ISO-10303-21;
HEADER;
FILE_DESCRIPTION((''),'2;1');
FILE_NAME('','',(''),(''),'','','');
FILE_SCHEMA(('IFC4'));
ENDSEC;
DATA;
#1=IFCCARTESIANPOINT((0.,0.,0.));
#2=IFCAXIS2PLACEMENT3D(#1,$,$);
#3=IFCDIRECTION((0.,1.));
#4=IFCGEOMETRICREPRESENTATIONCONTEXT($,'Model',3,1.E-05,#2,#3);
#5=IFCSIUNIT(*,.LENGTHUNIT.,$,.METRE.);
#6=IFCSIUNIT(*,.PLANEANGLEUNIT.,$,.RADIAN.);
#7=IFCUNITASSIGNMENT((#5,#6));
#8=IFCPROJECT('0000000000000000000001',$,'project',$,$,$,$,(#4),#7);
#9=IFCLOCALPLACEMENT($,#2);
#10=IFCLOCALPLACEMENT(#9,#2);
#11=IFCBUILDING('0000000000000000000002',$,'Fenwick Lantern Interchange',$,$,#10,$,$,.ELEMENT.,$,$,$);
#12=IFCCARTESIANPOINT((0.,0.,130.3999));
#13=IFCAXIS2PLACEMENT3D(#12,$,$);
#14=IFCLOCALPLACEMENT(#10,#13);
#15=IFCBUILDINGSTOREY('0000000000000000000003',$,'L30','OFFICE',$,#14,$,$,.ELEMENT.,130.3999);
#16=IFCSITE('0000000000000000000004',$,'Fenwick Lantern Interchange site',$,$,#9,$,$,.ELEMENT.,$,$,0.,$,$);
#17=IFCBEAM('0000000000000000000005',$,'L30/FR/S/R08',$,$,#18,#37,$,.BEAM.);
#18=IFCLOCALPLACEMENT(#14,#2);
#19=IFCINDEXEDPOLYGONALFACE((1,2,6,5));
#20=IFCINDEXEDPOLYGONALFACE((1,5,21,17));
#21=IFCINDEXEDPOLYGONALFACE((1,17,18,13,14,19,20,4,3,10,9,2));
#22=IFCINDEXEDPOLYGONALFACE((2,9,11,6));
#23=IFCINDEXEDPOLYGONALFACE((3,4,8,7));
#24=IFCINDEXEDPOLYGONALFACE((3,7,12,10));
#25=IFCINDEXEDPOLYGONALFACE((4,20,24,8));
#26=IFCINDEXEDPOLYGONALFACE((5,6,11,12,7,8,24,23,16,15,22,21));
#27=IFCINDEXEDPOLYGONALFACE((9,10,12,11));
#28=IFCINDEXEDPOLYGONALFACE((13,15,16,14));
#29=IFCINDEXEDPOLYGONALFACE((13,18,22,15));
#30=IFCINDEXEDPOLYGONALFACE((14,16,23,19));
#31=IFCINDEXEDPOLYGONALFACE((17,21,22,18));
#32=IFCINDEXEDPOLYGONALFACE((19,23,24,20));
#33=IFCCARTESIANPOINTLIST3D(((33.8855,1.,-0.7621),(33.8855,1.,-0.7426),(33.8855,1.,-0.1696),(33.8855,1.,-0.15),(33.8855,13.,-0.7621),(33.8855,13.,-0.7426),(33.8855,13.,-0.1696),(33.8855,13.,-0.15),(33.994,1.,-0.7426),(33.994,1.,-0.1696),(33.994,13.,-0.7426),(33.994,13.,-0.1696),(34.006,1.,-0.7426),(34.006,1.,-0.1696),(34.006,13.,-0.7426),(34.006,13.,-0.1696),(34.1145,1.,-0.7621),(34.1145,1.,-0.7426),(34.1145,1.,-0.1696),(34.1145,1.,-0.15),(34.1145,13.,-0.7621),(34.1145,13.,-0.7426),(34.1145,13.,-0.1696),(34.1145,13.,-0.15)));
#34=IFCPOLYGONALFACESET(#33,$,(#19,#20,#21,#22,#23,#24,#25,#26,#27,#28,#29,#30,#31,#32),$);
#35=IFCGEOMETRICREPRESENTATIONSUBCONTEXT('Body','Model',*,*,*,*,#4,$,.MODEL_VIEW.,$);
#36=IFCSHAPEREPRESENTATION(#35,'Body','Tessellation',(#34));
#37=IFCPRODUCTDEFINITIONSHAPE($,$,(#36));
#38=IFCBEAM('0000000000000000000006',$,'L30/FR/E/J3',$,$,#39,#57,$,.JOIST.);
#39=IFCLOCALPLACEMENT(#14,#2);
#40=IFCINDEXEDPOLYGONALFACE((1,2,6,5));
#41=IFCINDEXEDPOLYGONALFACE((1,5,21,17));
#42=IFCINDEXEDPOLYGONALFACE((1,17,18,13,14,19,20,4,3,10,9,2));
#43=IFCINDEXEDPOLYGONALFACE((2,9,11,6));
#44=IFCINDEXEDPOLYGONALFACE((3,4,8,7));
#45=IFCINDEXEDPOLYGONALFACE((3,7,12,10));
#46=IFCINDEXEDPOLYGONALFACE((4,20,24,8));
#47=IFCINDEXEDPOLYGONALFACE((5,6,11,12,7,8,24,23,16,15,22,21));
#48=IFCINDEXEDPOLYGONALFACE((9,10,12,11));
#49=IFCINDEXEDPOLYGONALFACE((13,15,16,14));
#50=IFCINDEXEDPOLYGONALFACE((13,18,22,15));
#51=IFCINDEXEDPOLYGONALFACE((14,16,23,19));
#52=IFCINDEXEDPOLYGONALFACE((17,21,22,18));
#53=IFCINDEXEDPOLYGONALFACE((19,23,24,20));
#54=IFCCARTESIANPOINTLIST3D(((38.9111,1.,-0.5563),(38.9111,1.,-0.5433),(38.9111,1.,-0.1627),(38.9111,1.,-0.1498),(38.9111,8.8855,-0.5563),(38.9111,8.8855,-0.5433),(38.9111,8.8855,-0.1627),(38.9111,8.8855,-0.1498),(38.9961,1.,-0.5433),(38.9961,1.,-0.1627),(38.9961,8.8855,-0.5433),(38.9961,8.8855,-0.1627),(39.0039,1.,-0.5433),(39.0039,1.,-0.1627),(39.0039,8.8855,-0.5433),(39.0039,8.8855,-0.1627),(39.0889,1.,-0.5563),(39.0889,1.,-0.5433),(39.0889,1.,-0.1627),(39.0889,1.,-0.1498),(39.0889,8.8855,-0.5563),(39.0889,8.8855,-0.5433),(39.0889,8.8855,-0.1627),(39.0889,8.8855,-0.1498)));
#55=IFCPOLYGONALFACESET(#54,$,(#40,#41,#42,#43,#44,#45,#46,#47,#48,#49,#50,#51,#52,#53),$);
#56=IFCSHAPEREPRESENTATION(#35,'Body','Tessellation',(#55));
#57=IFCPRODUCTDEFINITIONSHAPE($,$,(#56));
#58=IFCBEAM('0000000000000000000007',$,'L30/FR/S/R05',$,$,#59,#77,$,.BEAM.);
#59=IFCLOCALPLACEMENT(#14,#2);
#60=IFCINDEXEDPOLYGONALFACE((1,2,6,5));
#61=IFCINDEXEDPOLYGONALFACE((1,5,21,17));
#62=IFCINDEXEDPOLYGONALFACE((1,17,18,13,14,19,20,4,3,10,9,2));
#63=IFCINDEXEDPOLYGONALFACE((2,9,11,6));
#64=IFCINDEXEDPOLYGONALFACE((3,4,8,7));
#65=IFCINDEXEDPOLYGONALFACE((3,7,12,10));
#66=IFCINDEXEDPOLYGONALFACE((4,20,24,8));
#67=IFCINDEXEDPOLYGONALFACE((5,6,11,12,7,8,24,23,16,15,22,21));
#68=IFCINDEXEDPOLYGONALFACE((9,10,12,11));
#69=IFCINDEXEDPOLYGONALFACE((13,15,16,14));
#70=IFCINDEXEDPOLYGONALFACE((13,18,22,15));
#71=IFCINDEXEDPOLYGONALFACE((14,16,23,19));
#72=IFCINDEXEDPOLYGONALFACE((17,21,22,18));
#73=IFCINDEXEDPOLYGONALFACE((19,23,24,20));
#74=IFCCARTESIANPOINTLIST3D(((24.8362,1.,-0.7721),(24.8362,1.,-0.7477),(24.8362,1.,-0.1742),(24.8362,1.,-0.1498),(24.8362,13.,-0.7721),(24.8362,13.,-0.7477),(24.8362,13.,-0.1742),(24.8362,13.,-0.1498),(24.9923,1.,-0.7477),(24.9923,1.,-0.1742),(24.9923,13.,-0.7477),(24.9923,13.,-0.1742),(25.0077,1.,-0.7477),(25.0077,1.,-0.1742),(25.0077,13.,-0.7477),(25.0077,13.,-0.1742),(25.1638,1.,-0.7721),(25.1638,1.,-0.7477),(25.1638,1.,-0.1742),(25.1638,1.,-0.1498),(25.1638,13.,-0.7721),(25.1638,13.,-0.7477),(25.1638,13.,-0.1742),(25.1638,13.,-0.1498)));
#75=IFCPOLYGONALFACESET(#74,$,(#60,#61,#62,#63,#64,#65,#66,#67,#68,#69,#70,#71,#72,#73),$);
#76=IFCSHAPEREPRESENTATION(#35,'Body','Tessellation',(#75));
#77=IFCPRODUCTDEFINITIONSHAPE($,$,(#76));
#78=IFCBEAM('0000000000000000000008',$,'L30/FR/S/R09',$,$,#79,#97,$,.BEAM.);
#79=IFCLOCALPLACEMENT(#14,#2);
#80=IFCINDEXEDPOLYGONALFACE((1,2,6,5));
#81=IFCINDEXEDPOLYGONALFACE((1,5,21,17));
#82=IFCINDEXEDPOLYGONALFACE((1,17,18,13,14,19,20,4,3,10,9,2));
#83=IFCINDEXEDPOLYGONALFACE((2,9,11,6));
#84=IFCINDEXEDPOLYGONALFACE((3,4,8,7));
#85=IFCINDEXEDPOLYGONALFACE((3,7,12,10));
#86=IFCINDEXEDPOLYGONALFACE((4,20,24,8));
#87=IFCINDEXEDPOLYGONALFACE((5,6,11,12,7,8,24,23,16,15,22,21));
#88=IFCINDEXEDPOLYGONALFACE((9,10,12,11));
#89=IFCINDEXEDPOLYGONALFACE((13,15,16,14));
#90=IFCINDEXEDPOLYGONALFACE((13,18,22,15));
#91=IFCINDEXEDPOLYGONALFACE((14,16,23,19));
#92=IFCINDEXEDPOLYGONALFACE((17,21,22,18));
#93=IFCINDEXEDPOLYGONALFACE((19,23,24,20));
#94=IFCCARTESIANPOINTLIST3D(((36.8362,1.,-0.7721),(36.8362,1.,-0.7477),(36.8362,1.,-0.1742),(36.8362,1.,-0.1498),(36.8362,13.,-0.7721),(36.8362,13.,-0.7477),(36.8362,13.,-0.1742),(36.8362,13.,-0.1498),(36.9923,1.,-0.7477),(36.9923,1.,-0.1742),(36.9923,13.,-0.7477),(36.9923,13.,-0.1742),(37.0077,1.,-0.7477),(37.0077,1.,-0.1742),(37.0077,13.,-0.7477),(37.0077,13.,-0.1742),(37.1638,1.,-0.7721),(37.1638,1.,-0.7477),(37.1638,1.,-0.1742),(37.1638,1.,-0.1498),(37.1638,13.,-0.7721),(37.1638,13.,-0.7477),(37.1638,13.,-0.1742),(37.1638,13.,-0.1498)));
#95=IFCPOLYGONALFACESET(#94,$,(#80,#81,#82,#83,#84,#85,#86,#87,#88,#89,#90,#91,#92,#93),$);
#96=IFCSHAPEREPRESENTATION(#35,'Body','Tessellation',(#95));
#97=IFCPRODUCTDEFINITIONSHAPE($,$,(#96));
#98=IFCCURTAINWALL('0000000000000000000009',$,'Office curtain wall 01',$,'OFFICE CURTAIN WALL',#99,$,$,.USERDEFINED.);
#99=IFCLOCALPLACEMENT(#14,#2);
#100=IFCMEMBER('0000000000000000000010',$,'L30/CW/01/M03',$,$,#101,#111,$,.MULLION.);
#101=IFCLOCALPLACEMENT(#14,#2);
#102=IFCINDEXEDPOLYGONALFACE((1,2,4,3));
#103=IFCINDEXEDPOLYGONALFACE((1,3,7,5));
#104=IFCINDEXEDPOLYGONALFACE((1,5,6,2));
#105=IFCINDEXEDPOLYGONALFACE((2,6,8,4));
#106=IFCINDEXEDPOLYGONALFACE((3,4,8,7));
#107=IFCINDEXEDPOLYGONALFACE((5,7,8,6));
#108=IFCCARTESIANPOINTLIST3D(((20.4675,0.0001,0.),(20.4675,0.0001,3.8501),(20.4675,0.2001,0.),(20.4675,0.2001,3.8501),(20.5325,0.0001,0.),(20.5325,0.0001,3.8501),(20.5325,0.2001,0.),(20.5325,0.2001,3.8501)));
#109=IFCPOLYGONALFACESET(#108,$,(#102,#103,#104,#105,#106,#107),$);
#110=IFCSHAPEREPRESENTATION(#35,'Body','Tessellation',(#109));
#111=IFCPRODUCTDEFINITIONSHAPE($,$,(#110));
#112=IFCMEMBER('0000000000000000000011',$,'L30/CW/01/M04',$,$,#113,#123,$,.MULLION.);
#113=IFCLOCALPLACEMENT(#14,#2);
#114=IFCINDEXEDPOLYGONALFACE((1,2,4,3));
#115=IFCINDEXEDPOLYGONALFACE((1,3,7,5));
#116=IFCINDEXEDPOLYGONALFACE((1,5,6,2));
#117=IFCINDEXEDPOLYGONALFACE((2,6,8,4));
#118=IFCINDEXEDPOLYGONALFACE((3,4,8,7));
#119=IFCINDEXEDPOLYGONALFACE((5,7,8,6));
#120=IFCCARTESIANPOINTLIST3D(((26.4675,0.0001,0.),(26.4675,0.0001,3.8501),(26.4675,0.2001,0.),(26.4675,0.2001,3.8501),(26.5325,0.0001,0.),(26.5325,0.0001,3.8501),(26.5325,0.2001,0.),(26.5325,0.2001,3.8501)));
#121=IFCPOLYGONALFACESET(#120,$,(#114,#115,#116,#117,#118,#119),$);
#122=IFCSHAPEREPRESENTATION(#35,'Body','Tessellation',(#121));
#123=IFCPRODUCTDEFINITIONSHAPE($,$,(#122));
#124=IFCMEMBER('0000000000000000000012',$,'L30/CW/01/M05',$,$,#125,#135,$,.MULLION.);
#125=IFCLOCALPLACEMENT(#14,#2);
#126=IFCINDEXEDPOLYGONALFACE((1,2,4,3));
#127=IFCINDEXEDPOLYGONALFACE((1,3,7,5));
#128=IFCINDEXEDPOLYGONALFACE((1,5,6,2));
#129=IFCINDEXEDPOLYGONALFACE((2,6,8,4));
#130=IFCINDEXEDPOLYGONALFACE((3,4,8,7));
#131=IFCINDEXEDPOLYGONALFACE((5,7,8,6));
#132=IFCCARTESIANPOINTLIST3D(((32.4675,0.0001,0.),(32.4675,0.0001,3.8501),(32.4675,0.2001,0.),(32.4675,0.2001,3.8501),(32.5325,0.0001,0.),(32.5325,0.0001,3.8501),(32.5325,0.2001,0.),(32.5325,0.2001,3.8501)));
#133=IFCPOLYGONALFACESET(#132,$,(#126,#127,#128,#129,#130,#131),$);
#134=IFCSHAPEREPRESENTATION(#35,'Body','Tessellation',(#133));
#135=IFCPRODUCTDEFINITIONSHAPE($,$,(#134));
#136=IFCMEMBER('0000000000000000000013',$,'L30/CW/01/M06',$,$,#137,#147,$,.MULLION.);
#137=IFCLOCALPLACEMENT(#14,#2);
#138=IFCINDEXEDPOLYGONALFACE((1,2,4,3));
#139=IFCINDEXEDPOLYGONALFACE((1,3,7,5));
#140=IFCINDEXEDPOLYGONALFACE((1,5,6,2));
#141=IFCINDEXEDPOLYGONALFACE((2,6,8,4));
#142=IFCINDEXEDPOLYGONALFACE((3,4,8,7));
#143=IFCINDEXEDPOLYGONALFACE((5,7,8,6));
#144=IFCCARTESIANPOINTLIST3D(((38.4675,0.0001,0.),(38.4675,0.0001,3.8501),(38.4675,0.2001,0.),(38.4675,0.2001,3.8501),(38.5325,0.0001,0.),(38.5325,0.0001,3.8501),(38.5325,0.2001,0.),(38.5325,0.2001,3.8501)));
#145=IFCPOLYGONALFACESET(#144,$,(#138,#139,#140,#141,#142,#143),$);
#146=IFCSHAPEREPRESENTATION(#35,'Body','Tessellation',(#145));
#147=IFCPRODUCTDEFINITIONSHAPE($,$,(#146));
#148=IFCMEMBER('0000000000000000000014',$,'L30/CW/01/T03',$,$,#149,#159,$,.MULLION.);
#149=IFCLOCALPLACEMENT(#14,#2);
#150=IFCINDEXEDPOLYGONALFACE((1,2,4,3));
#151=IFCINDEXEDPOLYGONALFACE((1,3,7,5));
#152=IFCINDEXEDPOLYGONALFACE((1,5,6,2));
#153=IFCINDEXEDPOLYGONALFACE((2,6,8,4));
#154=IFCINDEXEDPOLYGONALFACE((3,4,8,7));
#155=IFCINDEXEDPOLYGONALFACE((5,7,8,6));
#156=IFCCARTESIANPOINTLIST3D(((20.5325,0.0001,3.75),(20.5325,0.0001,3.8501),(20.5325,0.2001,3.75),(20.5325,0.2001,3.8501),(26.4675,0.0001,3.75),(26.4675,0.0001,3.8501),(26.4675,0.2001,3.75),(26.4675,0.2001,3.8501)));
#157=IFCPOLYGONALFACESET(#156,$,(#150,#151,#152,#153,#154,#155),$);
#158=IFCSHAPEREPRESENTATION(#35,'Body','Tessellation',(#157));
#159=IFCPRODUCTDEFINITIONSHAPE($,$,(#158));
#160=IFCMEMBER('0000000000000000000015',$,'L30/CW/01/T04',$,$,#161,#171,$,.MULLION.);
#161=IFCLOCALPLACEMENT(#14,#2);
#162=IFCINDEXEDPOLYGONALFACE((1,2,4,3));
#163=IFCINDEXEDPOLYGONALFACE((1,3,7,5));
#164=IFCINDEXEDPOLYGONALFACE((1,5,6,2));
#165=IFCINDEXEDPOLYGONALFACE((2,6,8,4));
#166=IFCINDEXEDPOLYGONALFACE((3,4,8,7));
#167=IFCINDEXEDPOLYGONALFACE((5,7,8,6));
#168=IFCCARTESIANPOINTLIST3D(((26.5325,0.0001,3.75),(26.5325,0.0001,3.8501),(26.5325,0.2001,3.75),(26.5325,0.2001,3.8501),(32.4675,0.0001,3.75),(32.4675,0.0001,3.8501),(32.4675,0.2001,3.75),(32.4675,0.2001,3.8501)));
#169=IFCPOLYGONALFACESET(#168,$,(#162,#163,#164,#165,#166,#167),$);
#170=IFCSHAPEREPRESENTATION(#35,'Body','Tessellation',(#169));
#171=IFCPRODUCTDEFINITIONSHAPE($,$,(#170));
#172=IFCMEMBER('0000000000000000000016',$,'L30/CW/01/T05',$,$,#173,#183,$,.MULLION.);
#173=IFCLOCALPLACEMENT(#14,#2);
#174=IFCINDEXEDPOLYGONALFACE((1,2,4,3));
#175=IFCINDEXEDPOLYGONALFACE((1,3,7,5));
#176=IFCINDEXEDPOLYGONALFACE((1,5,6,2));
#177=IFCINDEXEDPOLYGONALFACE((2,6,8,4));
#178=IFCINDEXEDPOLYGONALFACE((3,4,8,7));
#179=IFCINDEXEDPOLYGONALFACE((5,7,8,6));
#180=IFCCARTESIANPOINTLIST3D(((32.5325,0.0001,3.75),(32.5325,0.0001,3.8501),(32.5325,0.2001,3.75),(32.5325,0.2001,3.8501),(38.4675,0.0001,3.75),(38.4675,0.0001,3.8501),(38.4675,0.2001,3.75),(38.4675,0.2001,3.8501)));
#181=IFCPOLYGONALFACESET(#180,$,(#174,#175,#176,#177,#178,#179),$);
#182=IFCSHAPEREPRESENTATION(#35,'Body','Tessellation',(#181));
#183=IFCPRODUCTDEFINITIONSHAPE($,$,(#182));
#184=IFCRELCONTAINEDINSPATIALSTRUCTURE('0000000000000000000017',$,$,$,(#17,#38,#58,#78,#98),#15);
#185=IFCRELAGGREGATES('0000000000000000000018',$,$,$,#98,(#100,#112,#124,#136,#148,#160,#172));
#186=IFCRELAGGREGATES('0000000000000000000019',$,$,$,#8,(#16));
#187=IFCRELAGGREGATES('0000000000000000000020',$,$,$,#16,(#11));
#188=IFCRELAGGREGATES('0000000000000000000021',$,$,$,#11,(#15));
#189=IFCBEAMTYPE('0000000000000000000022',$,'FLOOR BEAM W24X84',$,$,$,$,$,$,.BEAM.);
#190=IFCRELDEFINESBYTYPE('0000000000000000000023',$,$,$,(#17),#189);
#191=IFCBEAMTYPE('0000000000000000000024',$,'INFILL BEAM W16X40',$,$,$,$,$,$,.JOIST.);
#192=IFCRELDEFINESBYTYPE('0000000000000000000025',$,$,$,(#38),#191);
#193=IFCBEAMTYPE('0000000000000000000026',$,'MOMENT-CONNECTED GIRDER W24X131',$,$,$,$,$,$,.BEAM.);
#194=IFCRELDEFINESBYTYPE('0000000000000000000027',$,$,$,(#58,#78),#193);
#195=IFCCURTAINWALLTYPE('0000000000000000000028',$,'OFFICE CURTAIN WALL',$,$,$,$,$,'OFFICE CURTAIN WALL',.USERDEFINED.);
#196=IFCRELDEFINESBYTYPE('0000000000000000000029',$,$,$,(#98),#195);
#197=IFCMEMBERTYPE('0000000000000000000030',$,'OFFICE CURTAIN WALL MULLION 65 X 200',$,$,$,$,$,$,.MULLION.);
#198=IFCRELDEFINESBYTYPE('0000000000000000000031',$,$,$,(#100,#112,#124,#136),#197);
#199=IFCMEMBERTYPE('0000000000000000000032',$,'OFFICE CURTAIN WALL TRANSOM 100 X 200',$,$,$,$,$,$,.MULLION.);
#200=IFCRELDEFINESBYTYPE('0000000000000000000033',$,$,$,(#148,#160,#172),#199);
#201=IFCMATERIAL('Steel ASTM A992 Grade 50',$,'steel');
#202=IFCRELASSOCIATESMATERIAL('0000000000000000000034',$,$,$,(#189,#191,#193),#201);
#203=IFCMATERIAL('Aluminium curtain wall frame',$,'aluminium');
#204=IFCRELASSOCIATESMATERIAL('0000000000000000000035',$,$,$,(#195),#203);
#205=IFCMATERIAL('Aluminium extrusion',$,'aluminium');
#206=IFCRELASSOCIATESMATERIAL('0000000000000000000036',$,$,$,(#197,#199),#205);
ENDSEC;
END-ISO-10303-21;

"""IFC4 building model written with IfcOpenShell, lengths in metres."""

from ifc_helpers import new_model, si_unit, direction, frame, origin, origin_2d, place, context, subcontext, project, spatial, rectangle, i_section, extrude, material, material_profile, profile_set, type_object, element, aggregate, save


model = new_model("IFC4")

# Units and contexts
model_context = context("Model", 3, precision=1e-05, world=origin(), true_north=direction((0.0, 1.0)))
body_context = subcontext(model_context, "Body", "Model", "MODEL_VIEW")
ifc_project = project(units=[si_unit("LENGTHUNIT", "METRE"), si_unit("PLANEANGLEUNIT", "RADIAN")], contexts=[model_context])

# Site, building, storey
site_placement = place(None, origin())
site = spatial("IfcSite", under=ifc_project, at=site_placement, Name="Fenwick Lantern Interchange site", CompositionType="ELEMENT", RefElevation=0.0)
building_placement = place(site_placement, origin())
building = spatial("IfcBuilding", under=site, at=building_placement, Name="Fenwick Lantern Interchange", CompositionType="ELEMENT")
storey_placement = place(building_placement, frame((0.0, 0.0, 130.3999)))
storey = spatial("IfcBuildingStorey", under=building, at=storey_placement, Name="L30", Description="OFFICE", CompositionType="ELEMENT", Elevation=130.3999)

# Shared definitions
ifc_material_1 = material(Name="Steel ASTM A992 Grade 50", Category="steel")

# Beams
ifc_material_profile_1 = material_profile(ifc_material_1, i_section(OverallWidth=0.229, OverallDepth=0.6121, WebThickness=0.012, FlangeThickness=0.0195, at=origin_2d()), Name="W24X84")
ifc_profile_set_1 = profile_set([ifc_material_profile_1], Name="Steel ASTM A992 Grade 50")
beam_type_1 = type_object("IfcBeamType", Name="FLOOR BEAM W24X84", PredefinedType="BEAM", material=ifc_profile_set_1)
for number, where, z_axis, x_axis, name in (
    (1, (34.0, 1.0, -0.4561), (0.0, 1.0, 0.0), (-1.0, 0.0, 0.0), "L30/FR/S/R08"),
):
    element("IfcBeam", number, at=place(storey_placement, frame(where, z_axis=z_axis, x_axis=x_axis)), inside=storey, type_object=beam_type_1, Name=name, PredefinedType="BEAM", context=body_context, shape_type="SweptSolid", body=[
        extrude(i_section(OverallWidth=0.229, OverallDepth=0.6121, WebThickness=0.012, FlangeThickness=0.0195, at=origin_2d()), origin(), (0.0, 0.0, 1.0), 12.0),
    ])
ifc_material_profile_2 = material_profile(ifc_material_1, i_section(OverallWidth=0.1777, OverallDepth=0.4065, WebThickness=0.0078, FlangeThickness=0.0129, at=origin_2d()), Name="W16X40")
ifc_profile_set_2 = profile_set([ifc_material_profile_2], Name="Steel ASTM A992 Grade 50")
beam_type_2 = type_object("IfcBeamType", Name="INFILL BEAM W16X40", PredefinedType="JOIST", material=ifc_profile_set_2)
beam_1_placement = place(storey_placement, frame((39.0, 1.0, -0.353), z_axis=(0.0, 1.0, 0.0), x_axis=(-1.0, 0.0, 0.0)))
element("IfcBeam", 2, at=beam_1_placement, inside=storey, type_object=beam_type_2, Name="L30/FR/E/J3", PredefinedType="JOIST", context=body_context, shape_type="SweptSolid", body=[
    extrude(i_section(OverallWidth=0.1777, OverallDepth=0.4065, WebThickness=0.0078, FlangeThickness=0.0129, at=origin_2d()), origin(), (0.0, 0.0, 1.0), 7.8855),
])
ifc_material_profile_3 = material_profile(ifc_material_1, i_section(OverallWidth=0.3276, OverallDepth=0.6223, WebThickness=0.0154, FlangeThickness=0.0244, at=origin_2d()), Name="W24X131")
ifc_profile_set_3 = profile_set([ifc_material_profile_3], Name="Steel ASTM A992 Grade 50")
beam_type_3 = type_object("IfcBeamType", Name="MOMENT-CONNECTED GIRDER W24X131", PredefinedType="BEAM", material=ifc_profile_set_3)
for number, where, z_axis, x_axis, name in (
    (3, (25.0, 1.0, -0.4609), (0.0, 1.0, 0.0), (-1.0, 0.0, 0.0), "L30/FR/S/R05"),
    (4, (37.0, 1.0, -0.4609), (0.0, 1.0, 0.0), (-1.0, 0.0, 0.0), "L30/FR/S/R09"),
):
    element("IfcBeam", number, at=place(storey_placement, frame(where, z_axis=z_axis, x_axis=x_axis)), inside=storey, type_object=beam_type_3, Name=name, PredefinedType="BEAM", context=body_context, shape_type="SweptSolid", body=[
        extrude(i_section(OverallWidth=0.3276, OverallDepth=0.6223, WebThickness=0.0154, FlangeThickness=0.0244, at=origin_2d()), origin(), (0.0, 0.0, 1.0), 12.0),
    ])

# Curtain wall, members
ifc_material_2 = material(Name="Aluminium curtain wall frame", Category="aluminium")
curtain_wall_type = type_object("IfcCurtainWallType", Name="OFFICE CURTAIN WALL", ElementType="OFFICE CURTAIN WALL", PredefinedType="USERDEFINED", material=ifc_material_2)
curtain_wall_placement = place(storey_placement, origin())
curtain_wall = element("IfcCurtainWall", 5, at=curtain_wall_placement, inside=storey, type_object=curtain_wall_type, Name="Office curtain wall 01", ObjectType="OFFICE CURTAIN WALL", PredefinedType="USERDEFINED")
ifc_material_3 = material(Name="Aluminium extrusion", Category="aluminium")
ifc_material_profile_4 = material_profile(ifc_material_3, rectangle(XDim=0.2, YDim=0.0649, at=origin_2d()), Name="OFFICE CURTAIN WALL MULLION 65 X 200")
ifc_profile_set_4 = profile_set([ifc_material_profile_4], Name="Aluminium extrusion")
member_type_1 = type_object("IfcMemberType", Name="OFFICE CURTAIN WALL MULLION 65 X 200", PredefinedType="MULLION", material=ifc_profile_set_4)
member_1_placement = place(storey_placement, frame((20.5, 0.1001, 0.0), z_axis=(0.0, 0.0, 1.0), x_axis=(0.0, 1.0, 0.0)))
member_1 = element("IfcMember", 6, at=member_1_placement, type_object=member_type_1, Name="L30/CW/01/M03", PredefinedType="MULLION", context=body_context, shape_type="SweptSolid", body=[
    extrude(rectangle(XDim=0.2, YDim=0.0649, at=origin_2d()), origin(), (0.0, 0.0, 1.0), 3.8501),
])
member_2_placement = place(storey_placement, frame((26.5, 0.1001, 0.0), z_axis=(0.0, 0.0, 1.0), x_axis=(0.0, 1.0, 0.0)))
member_2 = element("IfcMember", 7, at=member_2_placement, type_object=member_type_1, Name="L30/CW/01/M04", PredefinedType="MULLION", context=body_context, shape_type="SweptSolid", body=[
    extrude(rectangle(XDim=0.2, YDim=0.0649, at=origin_2d()), origin(), (0.0, 0.0, 1.0), 3.8501),
])
member_3_placement = place(storey_placement, frame((32.5, 0.1001, 0.0), z_axis=(0.0, 0.0, 1.0), x_axis=(0.0, 1.0, 0.0)))
member_3 = element("IfcMember", 8, at=member_3_placement, type_object=member_type_1, Name="L30/CW/01/M05", PredefinedType="MULLION", context=body_context, shape_type="SweptSolid", body=[
    extrude(rectangle(XDim=0.2, YDim=0.0649, at=origin_2d()), origin(), (0.0, 0.0, 1.0), 3.8501),
])
member_4_placement = place(storey_placement, frame((38.5, 0.1001, 0.0), z_axis=(0.0, 0.0, 1.0), x_axis=(0.0, 1.0, 0.0)))
member_4 = element("IfcMember", 9, at=member_4_placement, type_object=member_type_1, Name="L30/CW/01/M06", PredefinedType="MULLION", context=body_context, shape_type="SweptSolid", body=[
    extrude(rectangle(XDim=0.2, YDim=0.0649, at=origin_2d()), origin(), (0.0, 0.0, 1.0), 3.8501),
])
ifc_material_profile_5 = material_profile(ifc_material_3, rectangle(XDim=0.2, YDim=0.1001, at=origin_2d()), Name="OFFICE CURTAIN WALL TRANSOM 100 X 200")
ifc_profile_set_5 = profile_set([ifc_material_profile_5], Name="Aluminium extrusion")
member_type_2 = type_object("IfcMemberType", Name="OFFICE CURTAIN WALL TRANSOM 100 X 200", PredefinedType="MULLION", material=ifc_profile_set_5)
member_5_placement = place(storey_placement, frame((20.5325, 0.1001, 3.8), z_axis=(1.0, 0.0, 0.0), x_axis=(0.0, 1.0, 0.0)))
member_5 = element("IfcMember", 10, at=member_5_placement, type_object=member_type_2, Name="L30/CW/01/T03", PredefinedType="MULLION", context=body_context, shape_type="SweptSolid", body=[
    extrude(rectangle(XDim=0.2, YDim=0.1001, at=origin_2d()), origin(), (0.0, 0.0, 1.0), 5.9351),
])
member_6_placement = place(storey_placement, frame((26.5325, 0.1001, 3.8), z_axis=(1.0, 0.0, 0.0), x_axis=(0.0, 1.0, 0.0)))
member_6 = element("IfcMember", 11, at=member_6_placement, type_object=member_type_2, Name="L30/CW/01/T04", PredefinedType="MULLION", context=body_context, shape_type="SweptSolid", body=[
    extrude(rectangle(XDim=0.2, YDim=0.1001, at=origin_2d()), origin(), (0.0, 0.0, 1.0), 5.9351),
])
member_7_placement = place(storey_placement, frame((32.5325, 0.1001, 3.8), z_axis=(1.0, 0.0, 0.0), x_axis=(0.0, 1.0, 0.0)))
member_7 = element("IfcMember", 12, at=member_7_placement, type_object=member_type_2, Name="L30/CW/01/T05", PredefinedType="MULLION", context=body_context, shape_type="SweptSolid", body=[
    extrude(rectangle(XDim=0.2, YDim=0.1001, at=origin_2d()), origin(), (0.0, 0.0, 1.0), 5.9351),
])
aggregate(curtain_wall, [member_1, member_2, member_3, member_4, member_5, member_6, member_7])

save(model, "model.ifc")
